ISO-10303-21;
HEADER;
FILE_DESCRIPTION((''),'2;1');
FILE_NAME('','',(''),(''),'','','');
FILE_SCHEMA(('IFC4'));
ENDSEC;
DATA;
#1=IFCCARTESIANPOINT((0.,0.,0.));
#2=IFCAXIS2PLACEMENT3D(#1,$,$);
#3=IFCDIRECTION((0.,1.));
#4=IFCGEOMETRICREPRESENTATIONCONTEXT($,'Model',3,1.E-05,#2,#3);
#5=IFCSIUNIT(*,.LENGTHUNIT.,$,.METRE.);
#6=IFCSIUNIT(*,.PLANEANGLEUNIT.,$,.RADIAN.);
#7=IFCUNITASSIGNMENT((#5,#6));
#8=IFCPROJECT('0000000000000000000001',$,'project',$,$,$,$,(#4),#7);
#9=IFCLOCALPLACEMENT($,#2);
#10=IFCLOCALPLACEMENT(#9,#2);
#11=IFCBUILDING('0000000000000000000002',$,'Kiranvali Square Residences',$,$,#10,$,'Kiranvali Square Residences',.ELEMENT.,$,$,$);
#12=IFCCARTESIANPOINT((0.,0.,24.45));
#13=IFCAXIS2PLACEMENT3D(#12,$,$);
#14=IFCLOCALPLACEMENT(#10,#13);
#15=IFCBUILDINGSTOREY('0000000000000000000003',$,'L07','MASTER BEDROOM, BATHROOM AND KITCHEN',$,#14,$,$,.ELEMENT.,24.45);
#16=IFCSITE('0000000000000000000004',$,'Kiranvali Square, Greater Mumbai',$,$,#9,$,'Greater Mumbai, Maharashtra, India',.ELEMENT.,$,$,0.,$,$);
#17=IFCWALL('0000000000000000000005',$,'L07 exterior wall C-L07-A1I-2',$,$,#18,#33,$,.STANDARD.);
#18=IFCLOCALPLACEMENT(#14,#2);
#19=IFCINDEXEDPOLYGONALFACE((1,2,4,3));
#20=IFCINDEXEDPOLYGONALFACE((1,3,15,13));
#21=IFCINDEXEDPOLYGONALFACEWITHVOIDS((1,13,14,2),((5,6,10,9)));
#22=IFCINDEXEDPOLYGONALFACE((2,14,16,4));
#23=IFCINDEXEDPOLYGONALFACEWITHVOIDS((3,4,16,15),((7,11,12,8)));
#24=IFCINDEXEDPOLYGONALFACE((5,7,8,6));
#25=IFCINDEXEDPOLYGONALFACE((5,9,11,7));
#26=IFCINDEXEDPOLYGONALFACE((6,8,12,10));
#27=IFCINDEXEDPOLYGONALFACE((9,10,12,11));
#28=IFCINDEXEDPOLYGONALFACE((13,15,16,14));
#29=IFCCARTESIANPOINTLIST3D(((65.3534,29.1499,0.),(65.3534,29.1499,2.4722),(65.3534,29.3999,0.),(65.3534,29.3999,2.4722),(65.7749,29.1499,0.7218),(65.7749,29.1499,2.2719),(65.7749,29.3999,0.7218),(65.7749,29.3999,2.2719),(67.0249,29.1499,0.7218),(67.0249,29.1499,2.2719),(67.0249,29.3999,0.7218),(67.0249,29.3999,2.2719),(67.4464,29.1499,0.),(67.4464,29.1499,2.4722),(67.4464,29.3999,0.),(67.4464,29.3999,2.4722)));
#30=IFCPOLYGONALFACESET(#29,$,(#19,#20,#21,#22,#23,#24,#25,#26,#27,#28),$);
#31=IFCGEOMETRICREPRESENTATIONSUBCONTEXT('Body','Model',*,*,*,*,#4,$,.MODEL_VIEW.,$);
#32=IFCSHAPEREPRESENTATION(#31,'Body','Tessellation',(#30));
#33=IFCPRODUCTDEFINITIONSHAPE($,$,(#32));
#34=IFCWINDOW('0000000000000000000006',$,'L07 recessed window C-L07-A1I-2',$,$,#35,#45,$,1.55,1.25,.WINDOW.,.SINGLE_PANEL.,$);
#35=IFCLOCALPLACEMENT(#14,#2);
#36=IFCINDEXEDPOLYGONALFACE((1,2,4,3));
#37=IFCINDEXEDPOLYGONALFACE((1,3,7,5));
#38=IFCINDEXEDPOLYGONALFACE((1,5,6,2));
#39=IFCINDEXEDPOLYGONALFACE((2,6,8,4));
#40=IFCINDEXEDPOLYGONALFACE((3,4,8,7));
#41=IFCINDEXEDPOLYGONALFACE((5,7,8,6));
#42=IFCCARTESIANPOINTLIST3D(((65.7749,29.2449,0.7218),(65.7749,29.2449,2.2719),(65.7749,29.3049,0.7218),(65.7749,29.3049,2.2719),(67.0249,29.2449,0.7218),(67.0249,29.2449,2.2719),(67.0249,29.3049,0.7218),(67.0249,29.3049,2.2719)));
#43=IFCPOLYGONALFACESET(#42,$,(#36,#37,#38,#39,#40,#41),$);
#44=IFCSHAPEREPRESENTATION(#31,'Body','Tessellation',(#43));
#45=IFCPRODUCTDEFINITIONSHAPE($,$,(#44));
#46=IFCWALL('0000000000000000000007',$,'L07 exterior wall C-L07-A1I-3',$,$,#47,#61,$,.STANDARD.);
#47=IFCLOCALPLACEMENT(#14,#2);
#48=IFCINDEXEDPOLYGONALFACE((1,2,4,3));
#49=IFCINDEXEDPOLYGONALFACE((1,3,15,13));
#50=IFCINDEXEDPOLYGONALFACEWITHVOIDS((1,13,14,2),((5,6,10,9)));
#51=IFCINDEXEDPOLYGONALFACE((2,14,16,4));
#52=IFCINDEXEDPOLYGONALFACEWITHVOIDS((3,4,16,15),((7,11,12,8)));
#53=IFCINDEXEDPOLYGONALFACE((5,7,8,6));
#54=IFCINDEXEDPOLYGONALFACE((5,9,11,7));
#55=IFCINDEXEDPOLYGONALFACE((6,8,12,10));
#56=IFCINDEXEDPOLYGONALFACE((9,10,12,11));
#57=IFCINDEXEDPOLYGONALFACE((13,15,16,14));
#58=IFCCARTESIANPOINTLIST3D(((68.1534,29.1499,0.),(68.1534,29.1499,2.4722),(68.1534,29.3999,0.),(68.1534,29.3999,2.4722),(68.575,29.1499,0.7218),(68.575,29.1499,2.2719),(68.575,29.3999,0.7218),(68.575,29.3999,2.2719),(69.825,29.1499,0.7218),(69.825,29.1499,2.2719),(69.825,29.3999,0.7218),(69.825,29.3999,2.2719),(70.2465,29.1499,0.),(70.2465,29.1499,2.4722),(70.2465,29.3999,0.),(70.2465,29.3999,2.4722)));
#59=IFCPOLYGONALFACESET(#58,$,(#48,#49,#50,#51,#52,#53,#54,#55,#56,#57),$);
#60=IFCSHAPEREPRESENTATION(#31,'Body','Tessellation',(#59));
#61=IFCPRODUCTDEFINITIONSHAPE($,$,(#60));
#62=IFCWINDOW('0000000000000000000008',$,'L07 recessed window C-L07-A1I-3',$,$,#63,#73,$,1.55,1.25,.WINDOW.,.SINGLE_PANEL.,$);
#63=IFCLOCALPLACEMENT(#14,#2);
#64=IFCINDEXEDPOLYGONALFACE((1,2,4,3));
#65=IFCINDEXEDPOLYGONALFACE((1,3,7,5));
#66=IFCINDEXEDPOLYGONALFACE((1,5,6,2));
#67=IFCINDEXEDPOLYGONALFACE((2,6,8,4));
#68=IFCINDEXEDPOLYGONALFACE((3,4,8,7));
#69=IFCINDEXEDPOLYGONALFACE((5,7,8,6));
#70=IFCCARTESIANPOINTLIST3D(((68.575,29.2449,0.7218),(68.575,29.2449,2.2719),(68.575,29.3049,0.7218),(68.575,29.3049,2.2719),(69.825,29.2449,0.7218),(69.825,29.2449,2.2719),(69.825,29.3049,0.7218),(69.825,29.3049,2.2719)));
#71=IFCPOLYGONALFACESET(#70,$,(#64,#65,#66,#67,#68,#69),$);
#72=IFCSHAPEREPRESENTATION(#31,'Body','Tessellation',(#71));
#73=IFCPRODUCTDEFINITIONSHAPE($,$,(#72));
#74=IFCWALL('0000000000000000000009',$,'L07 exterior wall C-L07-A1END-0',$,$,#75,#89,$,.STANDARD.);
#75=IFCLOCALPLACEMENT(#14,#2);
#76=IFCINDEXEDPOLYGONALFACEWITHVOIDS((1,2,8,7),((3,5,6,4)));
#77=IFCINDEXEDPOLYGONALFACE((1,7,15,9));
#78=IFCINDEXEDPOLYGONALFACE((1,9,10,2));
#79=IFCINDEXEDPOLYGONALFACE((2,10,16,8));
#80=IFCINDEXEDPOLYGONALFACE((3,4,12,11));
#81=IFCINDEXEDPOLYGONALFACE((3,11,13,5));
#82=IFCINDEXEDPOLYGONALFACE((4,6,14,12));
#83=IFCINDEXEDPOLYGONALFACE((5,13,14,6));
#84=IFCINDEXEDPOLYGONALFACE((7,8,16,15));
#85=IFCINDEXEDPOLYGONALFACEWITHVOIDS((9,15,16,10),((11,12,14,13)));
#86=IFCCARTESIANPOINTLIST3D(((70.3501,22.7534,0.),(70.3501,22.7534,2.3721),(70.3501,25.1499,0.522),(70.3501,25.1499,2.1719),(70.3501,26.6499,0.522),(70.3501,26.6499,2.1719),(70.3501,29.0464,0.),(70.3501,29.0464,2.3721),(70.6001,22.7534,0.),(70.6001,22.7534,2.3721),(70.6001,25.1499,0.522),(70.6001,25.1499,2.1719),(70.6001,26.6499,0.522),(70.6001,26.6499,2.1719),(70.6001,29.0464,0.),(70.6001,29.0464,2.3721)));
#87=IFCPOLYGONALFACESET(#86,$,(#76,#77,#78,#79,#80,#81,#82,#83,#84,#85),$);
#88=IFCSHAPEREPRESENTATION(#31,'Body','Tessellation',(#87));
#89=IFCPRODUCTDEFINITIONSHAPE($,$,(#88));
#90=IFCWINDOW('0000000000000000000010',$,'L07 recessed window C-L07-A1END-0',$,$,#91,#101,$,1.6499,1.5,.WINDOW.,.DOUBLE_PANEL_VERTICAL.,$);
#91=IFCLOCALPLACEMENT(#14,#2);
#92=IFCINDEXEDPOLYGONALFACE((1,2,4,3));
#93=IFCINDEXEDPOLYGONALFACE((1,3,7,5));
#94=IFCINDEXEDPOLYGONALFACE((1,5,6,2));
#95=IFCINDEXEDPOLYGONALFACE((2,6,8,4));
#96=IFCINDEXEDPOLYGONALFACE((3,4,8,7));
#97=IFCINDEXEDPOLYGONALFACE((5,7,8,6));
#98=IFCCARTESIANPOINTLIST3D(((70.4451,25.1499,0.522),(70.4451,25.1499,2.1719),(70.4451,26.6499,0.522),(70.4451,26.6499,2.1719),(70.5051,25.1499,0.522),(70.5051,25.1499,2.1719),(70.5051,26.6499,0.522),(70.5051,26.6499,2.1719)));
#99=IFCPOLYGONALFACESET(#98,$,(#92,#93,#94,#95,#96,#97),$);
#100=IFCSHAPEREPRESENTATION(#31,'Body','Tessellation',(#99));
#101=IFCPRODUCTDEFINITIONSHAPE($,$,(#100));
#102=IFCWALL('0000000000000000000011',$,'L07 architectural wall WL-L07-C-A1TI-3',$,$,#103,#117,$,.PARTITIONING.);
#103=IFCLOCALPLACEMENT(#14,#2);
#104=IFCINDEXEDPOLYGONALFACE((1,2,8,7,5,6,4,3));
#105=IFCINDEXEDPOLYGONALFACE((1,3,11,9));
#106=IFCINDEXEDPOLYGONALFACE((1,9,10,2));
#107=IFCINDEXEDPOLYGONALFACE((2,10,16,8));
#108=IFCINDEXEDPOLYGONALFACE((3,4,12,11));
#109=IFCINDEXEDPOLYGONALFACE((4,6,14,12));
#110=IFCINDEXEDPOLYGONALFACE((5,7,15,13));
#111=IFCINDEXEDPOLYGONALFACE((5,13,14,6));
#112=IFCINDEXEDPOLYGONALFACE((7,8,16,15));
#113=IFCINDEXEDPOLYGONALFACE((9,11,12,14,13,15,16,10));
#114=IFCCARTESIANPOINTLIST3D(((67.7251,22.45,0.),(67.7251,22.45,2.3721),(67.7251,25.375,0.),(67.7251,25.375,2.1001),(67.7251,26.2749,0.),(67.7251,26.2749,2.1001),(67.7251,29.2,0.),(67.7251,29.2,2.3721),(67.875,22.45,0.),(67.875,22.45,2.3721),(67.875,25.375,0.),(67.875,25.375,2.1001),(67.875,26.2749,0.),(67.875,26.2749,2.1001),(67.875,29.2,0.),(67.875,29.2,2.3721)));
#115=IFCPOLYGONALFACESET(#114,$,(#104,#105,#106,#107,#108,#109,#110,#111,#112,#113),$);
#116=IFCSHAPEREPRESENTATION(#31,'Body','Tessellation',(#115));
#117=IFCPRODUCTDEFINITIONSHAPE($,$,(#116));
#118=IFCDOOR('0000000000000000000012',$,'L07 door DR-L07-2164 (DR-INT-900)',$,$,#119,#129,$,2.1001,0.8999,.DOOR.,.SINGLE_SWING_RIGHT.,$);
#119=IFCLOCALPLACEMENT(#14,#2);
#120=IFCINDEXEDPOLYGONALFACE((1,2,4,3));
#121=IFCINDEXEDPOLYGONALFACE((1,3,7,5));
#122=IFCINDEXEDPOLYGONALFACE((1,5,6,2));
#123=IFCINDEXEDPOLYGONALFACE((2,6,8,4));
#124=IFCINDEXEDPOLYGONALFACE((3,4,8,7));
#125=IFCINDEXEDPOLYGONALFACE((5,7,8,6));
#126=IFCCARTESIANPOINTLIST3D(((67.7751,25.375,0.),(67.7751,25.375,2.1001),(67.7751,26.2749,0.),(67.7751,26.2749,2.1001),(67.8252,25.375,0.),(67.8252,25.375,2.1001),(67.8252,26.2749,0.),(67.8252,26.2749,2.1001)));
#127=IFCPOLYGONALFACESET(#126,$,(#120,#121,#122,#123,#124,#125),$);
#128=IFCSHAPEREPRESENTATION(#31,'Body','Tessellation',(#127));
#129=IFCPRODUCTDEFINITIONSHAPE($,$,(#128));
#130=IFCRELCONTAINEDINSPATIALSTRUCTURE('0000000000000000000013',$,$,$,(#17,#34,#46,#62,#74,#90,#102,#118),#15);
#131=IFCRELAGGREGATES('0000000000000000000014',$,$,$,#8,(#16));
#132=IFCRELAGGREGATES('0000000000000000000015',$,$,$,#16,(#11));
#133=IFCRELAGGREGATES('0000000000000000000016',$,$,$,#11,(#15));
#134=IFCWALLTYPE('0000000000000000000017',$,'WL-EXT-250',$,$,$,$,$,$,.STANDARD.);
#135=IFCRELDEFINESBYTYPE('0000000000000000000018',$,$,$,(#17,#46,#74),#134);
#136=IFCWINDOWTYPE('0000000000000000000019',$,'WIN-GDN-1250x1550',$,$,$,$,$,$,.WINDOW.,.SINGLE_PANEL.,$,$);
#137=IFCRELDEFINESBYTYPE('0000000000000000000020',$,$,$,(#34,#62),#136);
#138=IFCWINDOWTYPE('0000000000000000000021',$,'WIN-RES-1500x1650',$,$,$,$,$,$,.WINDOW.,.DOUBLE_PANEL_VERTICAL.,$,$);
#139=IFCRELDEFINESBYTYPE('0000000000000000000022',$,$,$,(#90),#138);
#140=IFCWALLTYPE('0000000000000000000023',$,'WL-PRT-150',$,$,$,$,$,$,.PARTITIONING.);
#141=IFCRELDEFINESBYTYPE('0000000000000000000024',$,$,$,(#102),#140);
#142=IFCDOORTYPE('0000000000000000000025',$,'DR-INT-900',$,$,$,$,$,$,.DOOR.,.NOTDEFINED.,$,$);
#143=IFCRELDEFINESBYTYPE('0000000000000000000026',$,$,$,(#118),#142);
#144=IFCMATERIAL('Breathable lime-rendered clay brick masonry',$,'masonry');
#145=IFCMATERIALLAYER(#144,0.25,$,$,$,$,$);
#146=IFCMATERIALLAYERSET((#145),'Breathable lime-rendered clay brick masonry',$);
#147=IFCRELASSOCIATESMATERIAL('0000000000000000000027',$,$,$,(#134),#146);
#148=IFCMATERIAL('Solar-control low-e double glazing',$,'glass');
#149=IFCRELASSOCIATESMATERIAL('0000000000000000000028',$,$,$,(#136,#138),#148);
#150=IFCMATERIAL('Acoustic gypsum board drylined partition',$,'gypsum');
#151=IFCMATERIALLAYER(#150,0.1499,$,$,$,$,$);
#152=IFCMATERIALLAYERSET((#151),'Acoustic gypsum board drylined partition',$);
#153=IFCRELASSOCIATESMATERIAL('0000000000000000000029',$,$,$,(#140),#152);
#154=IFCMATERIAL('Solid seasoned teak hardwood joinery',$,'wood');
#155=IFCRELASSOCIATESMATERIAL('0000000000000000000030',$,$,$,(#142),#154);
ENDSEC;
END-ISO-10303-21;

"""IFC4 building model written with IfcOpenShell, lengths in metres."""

from ifc_helpers import new_model, si_unit, direction, frame, frame_2d, origin, place, context, subcontext, project, spatial, rectangle, extrude, material, layer, layer_set, type_object, element, fill, save


model = new_model("IFC4")

# Units and contexts
model_context = context("Model", 3, precision=1e-05, world=origin(), true_north=direction((0.0, 1.0)))
body_context = subcontext(model_context, "Body", "Model", "MODEL_VIEW")
ifc_project = project(units=[si_unit("LENGTHUNIT", "METRE"), si_unit("PLANEANGLEUNIT", "RADIAN")], contexts=[model_context])

# Site, building, storey
site_placement = place(None, origin())
site = spatial("IfcSite", under=ifc_project, at=site_placement, Name="Kiranvali Square, Greater Mumbai", LongName="Greater Mumbai, Maharashtra, India", CompositionType="ELEMENT", RefElevation=0.0)
building_placement = place(site_placement, origin())
building = spatial("IfcBuilding", under=site, at=building_placement, Name="Kiranvali Square Residences", LongName="Kiranvali Square Residences", CompositionType="ELEMENT")
storey_placement = place(building_placement, frame((0.0, 0.0, 24.45)))
storey = spatial("IfcBuildingStorey", under=building, at=storey_placement, Name="L07", Description="MASTER BEDROOM, BATHROOM AND KITCHEN", CompositionType="ELEMENT", Elevation=24.45)

# Walls, openings, windows
ifc_material_1 = material(Name="Breathable lime-rendered clay brick masonry", Category="masonry")
ifc_layer_1 = layer(ifc_material_1, 0.25)
ifc_layer_set_1 = layer_set([ifc_layer_1], Name="Breathable lime-rendered clay brick masonry")
wall_type_1 = type_object("IfcWallType", Name="WL-EXT-250", PredefinedType="STANDARD", material=ifc_layer_set_1)
wall_1_placement = place(storey_placement, frame((65.3535, 29.2749, 0.0), z_axis=(0.0, 0.0, 1.0), x_axis=(1.0, 0.0, 0.0)))
wall_1 = element("IfcWall", 1, at=wall_1_placement, inside=storey, type_object=wall_type_1, Name="L07 exterior wall C-L07-A1I-2", PredefinedType="STANDARD", context=body_context, shape_type="SweptSolid", body=[
    extrude(rectangle(XDim=2.093, YDim=0.25, at=frame_2d((1.0464, 0.0))), origin(), (0.0, 0.0, 1.0), 2.4722),
])
opening_1_placement = place(wall_1_placement, frame((0.4214, 0.0, 0.7219)))
opening_1 = element("IfcOpeningElement", 2, at=opening_1_placement, cuts=wall_1, PredefinedType="OPENING", context=body_context, shape_type="SweptSolid", body=[
    extrude(rectangle(XDim=1.25, YDim=1.55, at=frame_2d((0.625, 0.7749))), frame((0.0, 0.135, 0.0), z_axis=(0.0, -1.0, 0.0), x_axis=(1.0, 0.0, 0.0)), (0.0, 0.0, 1.0), 0.27),
])
ifc_material_2 = material(Name="Solar-control low-e double glazing", Category="glass")
window_type_1 = type_object("IfcWindowType", Name="WIN-GDN-1250x1550", PartitioningType="SINGLE_PANEL", PredefinedType="WINDOW", material=ifc_material_2)
window_1_placement = place(opening_1_placement, origin())
window_1 = element("IfcWindow", 3, at=window_1_placement, inside=storey, type_object=window_type_1, Name="L07 recessed window C-L07-A1I-2", OverallHeight=1.55, OverallWidth=1.25, PartitioningType="SINGLE_PANEL", PredefinedType="WINDOW", context=body_context, shape_type="SweptSolid", body=[
    extrude(rectangle(XDim=1.25, YDim=1.55, at=frame_2d((0.625, 0.7749))), frame((0.0, 0.03, 0.0), z_axis=(0.0, -1.0, 0.0), x_axis=(1.0, 0.0, 0.0)), (0.0, 0.0, 1.0), 0.0601),
])
fill(opening_1, window_1)
wall_2_placement = place(storey_placement, frame((68.1536, 29.2749, 0.0), z_axis=(0.0, 0.0, 1.0), x_axis=(1.0, 0.0, 0.0)))
wall_2 = element("IfcWall", 4, at=wall_2_placement, inside=storey, type_object=wall_type_1, Name="L07 exterior wall C-L07-A1I-3", PredefinedType="STANDARD", context=body_context, shape_type="SweptSolid", body=[
    extrude(rectangle(XDim=2.093, YDim=0.25, at=frame_2d((1.0464, 0.0))), origin(), (0.0, 0.0, 1.0), 2.4722),
])
opening_2_placement = place(wall_2_placement, frame((0.4214, 0.0, 0.7219)))
opening_2 = element("IfcOpeningElement", 5, at=opening_2_placement, cuts=wall_2, PredefinedType="OPENING", context=body_context, shape_type="SweptSolid", body=[
    extrude(rectangle(XDim=1.25, YDim=1.55, at=frame_2d((0.625, 0.7749))), frame((0.0, 0.135, 0.0), z_axis=(0.0, -1.0, 0.0), x_axis=(1.0, 0.0, 0.0)), (0.0, 0.0, 1.0), 0.27),
])
window_2_placement = place(opening_2_placement, origin())
window_2 = element("IfcWindow", 6, at=window_2_placement, inside=storey, type_object=window_type_1, Name="L07 recessed window C-L07-A1I-3", OverallHeight=1.55, OverallWidth=1.25, PartitioningType="SINGLE_PANEL", PredefinedType="WINDOW", context=body_context, shape_type="SweptSolid", body=[
    extrude(rectangle(XDim=1.25, YDim=1.55, at=frame_2d((0.625, 0.7749))), frame((0.0, 0.03, 0.0), z_axis=(0.0, -1.0, 0.0), x_axis=(1.0, 0.0, 0.0)), (0.0, 0.0, 1.0), 0.0601),
])
fill(opening_2, window_2)
wall_3_placement = place(storey_placement, frame((70.4751, 29.0464, 0.0), z_axis=(0.0, 0.0, 1.0), x_axis=(0.0, -1.0, 0.0)))
wall_3 = element("IfcWall", 7, at=wall_3_placement, inside=storey, type_object=wall_type_1, Name="L07 exterior wall C-L07-A1END-0", PredefinedType="STANDARD", context=body_context, shape_type="SweptSolid", body=[
    extrude(rectangle(XDim=6.293, YDim=0.25, at=frame_2d((3.1465, 0.0))), origin(), (0.0, 0.0, 1.0), 2.3721),
])
opening_3_placement = place(wall_3_placement, frame((2.3965, 0.0, 0.522)))
opening_3 = element("IfcOpeningElement", 8, at=opening_3_placement, cuts=wall_3, PredefinedType="OPENING", context=body_context, shape_type="SweptSolid", body=[
    extrude(rectangle(XDim=1.5, YDim=1.6499, at=frame_2d((0.75, 0.825))), frame((0.0, 0.135, 0.0), z_axis=(0.0, -1.0, 0.0), x_axis=(1.0, 0.0, 0.0)), (0.0, 0.0, 1.0), 0.27),
])
window_type_2 = type_object("IfcWindowType", Name="WIN-RES-1500x1650", PartitioningType="DOUBLE_PANEL_VERTICAL", PredefinedType="WINDOW", material=ifc_material_2)
window_3_placement = place(opening_3_placement, origin())
window_3 = element("IfcWindow", 9, at=window_3_placement, inside=storey, type_object=window_type_2, Name="L07 recessed window C-L07-A1END-0", OverallHeight=1.6499, OverallWidth=1.5, PartitioningType="DOUBLE_PANEL_VERTICAL", PredefinedType="WINDOW", context=body_context, shape_type="SweptSolid", body=[
    extrude(rectangle(XDim=1.5, YDim=1.6499, at=frame_2d((0.75, 0.825))), frame((0.0, 0.03, 0.0), z_axis=(0.0, -1.0, 0.0), x_axis=(1.0, 0.0, 0.0)), (0.0, 0.0, 1.0), 0.0601),
])
fill(opening_3, window_3)

# Wall, opening, door
ifc_material_3 = material(Name="Acoustic gypsum board drylined partition", Category="gypsum")
ifc_layer_2 = layer(ifc_material_3, 0.1499)
ifc_layer_set_2 = layer_set([ifc_layer_2], Name="Acoustic gypsum board drylined partition")
wall_type_2 = type_object("IfcWallType", Name="WL-PRT-150", PredefinedType="PARTITIONING", material=ifc_layer_set_2)
wall_4_placement = place(storey_placement, frame((67.8, 29.2, 0.0), z_axis=(0.0, 0.0, 1.0), x_axis=(0.0, -1.0, 0.0)))
wall_4 = element("IfcWall", 10, at=wall_4_placement, inside=storey, type_object=wall_type_2, Name="L07 architectural wall WL-L07-C-A1TI-3", PredefinedType="PARTITIONING", context=body_context, shape_type="SweptSolid", body=[
    extrude(rectangle(XDim=6.75, YDim=0.1499, at=frame_2d((3.375, 0.0))), origin(), (0.0, 0.0, 1.0), 2.3721),
])
opening_4_placement = place(wall_4_placement, frame((2.925, 0.0, 0.0)))
opening_4 = element("IfcOpeningElement", 11, at=opening_4_placement, cuts=wall_4, PredefinedType="OPENING", context=body_context, shape_type="SweptSolid", body=[
    extrude(rectangle(XDim=0.8999, YDim=2.1001, at=frame_2d((0.45, 1.05))), frame((0.0, 0.085, 0.0), z_axis=(0.0, -1.0, 0.0), x_axis=(1.0, 0.0, 0.0)), (0.0, 0.0, 1.0), 0.1699),
])
ifc_material_4 = material(Name="Solid seasoned teak hardwood joinery", Category="wood")
door_type = type_object("IfcDoorType", Name="DR-INT-900", OperationType="NOTDEFINED", PredefinedType="DOOR", material=ifc_material_4)
door_placement = place(opening_4_placement, frame((0.8999, 0.0, 0.0), z_axis=(0.0, 0.0, 1.0), x_axis=(-1.0, 0.0, 0.0)))
door = element("IfcDoor", 12, at=door_placement, inside=storey, type_object=door_type, Name="L07 door DR-L07-2164 (DR-INT-900)", OperationType="SINGLE_SWING_RIGHT", OverallHeight=2.1001, OverallWidth=0.8999, PredefinedType="DOOR", context=body_context, shape_type="SweptSolid", body=[
    extrude(rectangle(XDim=0.8999, YDim=2.1001, at=frame_2d((0.45, 1.05))), frame((0.0, 0.0249, 0.0), z_axis=(0.0, -1.0, 0.0), x_axis=(1.0, 0.0, 0.0)), (0.0, 0.0, 1.0), 0.05),
])
fill(opening_4, door)

save(model, "model.ifc")
